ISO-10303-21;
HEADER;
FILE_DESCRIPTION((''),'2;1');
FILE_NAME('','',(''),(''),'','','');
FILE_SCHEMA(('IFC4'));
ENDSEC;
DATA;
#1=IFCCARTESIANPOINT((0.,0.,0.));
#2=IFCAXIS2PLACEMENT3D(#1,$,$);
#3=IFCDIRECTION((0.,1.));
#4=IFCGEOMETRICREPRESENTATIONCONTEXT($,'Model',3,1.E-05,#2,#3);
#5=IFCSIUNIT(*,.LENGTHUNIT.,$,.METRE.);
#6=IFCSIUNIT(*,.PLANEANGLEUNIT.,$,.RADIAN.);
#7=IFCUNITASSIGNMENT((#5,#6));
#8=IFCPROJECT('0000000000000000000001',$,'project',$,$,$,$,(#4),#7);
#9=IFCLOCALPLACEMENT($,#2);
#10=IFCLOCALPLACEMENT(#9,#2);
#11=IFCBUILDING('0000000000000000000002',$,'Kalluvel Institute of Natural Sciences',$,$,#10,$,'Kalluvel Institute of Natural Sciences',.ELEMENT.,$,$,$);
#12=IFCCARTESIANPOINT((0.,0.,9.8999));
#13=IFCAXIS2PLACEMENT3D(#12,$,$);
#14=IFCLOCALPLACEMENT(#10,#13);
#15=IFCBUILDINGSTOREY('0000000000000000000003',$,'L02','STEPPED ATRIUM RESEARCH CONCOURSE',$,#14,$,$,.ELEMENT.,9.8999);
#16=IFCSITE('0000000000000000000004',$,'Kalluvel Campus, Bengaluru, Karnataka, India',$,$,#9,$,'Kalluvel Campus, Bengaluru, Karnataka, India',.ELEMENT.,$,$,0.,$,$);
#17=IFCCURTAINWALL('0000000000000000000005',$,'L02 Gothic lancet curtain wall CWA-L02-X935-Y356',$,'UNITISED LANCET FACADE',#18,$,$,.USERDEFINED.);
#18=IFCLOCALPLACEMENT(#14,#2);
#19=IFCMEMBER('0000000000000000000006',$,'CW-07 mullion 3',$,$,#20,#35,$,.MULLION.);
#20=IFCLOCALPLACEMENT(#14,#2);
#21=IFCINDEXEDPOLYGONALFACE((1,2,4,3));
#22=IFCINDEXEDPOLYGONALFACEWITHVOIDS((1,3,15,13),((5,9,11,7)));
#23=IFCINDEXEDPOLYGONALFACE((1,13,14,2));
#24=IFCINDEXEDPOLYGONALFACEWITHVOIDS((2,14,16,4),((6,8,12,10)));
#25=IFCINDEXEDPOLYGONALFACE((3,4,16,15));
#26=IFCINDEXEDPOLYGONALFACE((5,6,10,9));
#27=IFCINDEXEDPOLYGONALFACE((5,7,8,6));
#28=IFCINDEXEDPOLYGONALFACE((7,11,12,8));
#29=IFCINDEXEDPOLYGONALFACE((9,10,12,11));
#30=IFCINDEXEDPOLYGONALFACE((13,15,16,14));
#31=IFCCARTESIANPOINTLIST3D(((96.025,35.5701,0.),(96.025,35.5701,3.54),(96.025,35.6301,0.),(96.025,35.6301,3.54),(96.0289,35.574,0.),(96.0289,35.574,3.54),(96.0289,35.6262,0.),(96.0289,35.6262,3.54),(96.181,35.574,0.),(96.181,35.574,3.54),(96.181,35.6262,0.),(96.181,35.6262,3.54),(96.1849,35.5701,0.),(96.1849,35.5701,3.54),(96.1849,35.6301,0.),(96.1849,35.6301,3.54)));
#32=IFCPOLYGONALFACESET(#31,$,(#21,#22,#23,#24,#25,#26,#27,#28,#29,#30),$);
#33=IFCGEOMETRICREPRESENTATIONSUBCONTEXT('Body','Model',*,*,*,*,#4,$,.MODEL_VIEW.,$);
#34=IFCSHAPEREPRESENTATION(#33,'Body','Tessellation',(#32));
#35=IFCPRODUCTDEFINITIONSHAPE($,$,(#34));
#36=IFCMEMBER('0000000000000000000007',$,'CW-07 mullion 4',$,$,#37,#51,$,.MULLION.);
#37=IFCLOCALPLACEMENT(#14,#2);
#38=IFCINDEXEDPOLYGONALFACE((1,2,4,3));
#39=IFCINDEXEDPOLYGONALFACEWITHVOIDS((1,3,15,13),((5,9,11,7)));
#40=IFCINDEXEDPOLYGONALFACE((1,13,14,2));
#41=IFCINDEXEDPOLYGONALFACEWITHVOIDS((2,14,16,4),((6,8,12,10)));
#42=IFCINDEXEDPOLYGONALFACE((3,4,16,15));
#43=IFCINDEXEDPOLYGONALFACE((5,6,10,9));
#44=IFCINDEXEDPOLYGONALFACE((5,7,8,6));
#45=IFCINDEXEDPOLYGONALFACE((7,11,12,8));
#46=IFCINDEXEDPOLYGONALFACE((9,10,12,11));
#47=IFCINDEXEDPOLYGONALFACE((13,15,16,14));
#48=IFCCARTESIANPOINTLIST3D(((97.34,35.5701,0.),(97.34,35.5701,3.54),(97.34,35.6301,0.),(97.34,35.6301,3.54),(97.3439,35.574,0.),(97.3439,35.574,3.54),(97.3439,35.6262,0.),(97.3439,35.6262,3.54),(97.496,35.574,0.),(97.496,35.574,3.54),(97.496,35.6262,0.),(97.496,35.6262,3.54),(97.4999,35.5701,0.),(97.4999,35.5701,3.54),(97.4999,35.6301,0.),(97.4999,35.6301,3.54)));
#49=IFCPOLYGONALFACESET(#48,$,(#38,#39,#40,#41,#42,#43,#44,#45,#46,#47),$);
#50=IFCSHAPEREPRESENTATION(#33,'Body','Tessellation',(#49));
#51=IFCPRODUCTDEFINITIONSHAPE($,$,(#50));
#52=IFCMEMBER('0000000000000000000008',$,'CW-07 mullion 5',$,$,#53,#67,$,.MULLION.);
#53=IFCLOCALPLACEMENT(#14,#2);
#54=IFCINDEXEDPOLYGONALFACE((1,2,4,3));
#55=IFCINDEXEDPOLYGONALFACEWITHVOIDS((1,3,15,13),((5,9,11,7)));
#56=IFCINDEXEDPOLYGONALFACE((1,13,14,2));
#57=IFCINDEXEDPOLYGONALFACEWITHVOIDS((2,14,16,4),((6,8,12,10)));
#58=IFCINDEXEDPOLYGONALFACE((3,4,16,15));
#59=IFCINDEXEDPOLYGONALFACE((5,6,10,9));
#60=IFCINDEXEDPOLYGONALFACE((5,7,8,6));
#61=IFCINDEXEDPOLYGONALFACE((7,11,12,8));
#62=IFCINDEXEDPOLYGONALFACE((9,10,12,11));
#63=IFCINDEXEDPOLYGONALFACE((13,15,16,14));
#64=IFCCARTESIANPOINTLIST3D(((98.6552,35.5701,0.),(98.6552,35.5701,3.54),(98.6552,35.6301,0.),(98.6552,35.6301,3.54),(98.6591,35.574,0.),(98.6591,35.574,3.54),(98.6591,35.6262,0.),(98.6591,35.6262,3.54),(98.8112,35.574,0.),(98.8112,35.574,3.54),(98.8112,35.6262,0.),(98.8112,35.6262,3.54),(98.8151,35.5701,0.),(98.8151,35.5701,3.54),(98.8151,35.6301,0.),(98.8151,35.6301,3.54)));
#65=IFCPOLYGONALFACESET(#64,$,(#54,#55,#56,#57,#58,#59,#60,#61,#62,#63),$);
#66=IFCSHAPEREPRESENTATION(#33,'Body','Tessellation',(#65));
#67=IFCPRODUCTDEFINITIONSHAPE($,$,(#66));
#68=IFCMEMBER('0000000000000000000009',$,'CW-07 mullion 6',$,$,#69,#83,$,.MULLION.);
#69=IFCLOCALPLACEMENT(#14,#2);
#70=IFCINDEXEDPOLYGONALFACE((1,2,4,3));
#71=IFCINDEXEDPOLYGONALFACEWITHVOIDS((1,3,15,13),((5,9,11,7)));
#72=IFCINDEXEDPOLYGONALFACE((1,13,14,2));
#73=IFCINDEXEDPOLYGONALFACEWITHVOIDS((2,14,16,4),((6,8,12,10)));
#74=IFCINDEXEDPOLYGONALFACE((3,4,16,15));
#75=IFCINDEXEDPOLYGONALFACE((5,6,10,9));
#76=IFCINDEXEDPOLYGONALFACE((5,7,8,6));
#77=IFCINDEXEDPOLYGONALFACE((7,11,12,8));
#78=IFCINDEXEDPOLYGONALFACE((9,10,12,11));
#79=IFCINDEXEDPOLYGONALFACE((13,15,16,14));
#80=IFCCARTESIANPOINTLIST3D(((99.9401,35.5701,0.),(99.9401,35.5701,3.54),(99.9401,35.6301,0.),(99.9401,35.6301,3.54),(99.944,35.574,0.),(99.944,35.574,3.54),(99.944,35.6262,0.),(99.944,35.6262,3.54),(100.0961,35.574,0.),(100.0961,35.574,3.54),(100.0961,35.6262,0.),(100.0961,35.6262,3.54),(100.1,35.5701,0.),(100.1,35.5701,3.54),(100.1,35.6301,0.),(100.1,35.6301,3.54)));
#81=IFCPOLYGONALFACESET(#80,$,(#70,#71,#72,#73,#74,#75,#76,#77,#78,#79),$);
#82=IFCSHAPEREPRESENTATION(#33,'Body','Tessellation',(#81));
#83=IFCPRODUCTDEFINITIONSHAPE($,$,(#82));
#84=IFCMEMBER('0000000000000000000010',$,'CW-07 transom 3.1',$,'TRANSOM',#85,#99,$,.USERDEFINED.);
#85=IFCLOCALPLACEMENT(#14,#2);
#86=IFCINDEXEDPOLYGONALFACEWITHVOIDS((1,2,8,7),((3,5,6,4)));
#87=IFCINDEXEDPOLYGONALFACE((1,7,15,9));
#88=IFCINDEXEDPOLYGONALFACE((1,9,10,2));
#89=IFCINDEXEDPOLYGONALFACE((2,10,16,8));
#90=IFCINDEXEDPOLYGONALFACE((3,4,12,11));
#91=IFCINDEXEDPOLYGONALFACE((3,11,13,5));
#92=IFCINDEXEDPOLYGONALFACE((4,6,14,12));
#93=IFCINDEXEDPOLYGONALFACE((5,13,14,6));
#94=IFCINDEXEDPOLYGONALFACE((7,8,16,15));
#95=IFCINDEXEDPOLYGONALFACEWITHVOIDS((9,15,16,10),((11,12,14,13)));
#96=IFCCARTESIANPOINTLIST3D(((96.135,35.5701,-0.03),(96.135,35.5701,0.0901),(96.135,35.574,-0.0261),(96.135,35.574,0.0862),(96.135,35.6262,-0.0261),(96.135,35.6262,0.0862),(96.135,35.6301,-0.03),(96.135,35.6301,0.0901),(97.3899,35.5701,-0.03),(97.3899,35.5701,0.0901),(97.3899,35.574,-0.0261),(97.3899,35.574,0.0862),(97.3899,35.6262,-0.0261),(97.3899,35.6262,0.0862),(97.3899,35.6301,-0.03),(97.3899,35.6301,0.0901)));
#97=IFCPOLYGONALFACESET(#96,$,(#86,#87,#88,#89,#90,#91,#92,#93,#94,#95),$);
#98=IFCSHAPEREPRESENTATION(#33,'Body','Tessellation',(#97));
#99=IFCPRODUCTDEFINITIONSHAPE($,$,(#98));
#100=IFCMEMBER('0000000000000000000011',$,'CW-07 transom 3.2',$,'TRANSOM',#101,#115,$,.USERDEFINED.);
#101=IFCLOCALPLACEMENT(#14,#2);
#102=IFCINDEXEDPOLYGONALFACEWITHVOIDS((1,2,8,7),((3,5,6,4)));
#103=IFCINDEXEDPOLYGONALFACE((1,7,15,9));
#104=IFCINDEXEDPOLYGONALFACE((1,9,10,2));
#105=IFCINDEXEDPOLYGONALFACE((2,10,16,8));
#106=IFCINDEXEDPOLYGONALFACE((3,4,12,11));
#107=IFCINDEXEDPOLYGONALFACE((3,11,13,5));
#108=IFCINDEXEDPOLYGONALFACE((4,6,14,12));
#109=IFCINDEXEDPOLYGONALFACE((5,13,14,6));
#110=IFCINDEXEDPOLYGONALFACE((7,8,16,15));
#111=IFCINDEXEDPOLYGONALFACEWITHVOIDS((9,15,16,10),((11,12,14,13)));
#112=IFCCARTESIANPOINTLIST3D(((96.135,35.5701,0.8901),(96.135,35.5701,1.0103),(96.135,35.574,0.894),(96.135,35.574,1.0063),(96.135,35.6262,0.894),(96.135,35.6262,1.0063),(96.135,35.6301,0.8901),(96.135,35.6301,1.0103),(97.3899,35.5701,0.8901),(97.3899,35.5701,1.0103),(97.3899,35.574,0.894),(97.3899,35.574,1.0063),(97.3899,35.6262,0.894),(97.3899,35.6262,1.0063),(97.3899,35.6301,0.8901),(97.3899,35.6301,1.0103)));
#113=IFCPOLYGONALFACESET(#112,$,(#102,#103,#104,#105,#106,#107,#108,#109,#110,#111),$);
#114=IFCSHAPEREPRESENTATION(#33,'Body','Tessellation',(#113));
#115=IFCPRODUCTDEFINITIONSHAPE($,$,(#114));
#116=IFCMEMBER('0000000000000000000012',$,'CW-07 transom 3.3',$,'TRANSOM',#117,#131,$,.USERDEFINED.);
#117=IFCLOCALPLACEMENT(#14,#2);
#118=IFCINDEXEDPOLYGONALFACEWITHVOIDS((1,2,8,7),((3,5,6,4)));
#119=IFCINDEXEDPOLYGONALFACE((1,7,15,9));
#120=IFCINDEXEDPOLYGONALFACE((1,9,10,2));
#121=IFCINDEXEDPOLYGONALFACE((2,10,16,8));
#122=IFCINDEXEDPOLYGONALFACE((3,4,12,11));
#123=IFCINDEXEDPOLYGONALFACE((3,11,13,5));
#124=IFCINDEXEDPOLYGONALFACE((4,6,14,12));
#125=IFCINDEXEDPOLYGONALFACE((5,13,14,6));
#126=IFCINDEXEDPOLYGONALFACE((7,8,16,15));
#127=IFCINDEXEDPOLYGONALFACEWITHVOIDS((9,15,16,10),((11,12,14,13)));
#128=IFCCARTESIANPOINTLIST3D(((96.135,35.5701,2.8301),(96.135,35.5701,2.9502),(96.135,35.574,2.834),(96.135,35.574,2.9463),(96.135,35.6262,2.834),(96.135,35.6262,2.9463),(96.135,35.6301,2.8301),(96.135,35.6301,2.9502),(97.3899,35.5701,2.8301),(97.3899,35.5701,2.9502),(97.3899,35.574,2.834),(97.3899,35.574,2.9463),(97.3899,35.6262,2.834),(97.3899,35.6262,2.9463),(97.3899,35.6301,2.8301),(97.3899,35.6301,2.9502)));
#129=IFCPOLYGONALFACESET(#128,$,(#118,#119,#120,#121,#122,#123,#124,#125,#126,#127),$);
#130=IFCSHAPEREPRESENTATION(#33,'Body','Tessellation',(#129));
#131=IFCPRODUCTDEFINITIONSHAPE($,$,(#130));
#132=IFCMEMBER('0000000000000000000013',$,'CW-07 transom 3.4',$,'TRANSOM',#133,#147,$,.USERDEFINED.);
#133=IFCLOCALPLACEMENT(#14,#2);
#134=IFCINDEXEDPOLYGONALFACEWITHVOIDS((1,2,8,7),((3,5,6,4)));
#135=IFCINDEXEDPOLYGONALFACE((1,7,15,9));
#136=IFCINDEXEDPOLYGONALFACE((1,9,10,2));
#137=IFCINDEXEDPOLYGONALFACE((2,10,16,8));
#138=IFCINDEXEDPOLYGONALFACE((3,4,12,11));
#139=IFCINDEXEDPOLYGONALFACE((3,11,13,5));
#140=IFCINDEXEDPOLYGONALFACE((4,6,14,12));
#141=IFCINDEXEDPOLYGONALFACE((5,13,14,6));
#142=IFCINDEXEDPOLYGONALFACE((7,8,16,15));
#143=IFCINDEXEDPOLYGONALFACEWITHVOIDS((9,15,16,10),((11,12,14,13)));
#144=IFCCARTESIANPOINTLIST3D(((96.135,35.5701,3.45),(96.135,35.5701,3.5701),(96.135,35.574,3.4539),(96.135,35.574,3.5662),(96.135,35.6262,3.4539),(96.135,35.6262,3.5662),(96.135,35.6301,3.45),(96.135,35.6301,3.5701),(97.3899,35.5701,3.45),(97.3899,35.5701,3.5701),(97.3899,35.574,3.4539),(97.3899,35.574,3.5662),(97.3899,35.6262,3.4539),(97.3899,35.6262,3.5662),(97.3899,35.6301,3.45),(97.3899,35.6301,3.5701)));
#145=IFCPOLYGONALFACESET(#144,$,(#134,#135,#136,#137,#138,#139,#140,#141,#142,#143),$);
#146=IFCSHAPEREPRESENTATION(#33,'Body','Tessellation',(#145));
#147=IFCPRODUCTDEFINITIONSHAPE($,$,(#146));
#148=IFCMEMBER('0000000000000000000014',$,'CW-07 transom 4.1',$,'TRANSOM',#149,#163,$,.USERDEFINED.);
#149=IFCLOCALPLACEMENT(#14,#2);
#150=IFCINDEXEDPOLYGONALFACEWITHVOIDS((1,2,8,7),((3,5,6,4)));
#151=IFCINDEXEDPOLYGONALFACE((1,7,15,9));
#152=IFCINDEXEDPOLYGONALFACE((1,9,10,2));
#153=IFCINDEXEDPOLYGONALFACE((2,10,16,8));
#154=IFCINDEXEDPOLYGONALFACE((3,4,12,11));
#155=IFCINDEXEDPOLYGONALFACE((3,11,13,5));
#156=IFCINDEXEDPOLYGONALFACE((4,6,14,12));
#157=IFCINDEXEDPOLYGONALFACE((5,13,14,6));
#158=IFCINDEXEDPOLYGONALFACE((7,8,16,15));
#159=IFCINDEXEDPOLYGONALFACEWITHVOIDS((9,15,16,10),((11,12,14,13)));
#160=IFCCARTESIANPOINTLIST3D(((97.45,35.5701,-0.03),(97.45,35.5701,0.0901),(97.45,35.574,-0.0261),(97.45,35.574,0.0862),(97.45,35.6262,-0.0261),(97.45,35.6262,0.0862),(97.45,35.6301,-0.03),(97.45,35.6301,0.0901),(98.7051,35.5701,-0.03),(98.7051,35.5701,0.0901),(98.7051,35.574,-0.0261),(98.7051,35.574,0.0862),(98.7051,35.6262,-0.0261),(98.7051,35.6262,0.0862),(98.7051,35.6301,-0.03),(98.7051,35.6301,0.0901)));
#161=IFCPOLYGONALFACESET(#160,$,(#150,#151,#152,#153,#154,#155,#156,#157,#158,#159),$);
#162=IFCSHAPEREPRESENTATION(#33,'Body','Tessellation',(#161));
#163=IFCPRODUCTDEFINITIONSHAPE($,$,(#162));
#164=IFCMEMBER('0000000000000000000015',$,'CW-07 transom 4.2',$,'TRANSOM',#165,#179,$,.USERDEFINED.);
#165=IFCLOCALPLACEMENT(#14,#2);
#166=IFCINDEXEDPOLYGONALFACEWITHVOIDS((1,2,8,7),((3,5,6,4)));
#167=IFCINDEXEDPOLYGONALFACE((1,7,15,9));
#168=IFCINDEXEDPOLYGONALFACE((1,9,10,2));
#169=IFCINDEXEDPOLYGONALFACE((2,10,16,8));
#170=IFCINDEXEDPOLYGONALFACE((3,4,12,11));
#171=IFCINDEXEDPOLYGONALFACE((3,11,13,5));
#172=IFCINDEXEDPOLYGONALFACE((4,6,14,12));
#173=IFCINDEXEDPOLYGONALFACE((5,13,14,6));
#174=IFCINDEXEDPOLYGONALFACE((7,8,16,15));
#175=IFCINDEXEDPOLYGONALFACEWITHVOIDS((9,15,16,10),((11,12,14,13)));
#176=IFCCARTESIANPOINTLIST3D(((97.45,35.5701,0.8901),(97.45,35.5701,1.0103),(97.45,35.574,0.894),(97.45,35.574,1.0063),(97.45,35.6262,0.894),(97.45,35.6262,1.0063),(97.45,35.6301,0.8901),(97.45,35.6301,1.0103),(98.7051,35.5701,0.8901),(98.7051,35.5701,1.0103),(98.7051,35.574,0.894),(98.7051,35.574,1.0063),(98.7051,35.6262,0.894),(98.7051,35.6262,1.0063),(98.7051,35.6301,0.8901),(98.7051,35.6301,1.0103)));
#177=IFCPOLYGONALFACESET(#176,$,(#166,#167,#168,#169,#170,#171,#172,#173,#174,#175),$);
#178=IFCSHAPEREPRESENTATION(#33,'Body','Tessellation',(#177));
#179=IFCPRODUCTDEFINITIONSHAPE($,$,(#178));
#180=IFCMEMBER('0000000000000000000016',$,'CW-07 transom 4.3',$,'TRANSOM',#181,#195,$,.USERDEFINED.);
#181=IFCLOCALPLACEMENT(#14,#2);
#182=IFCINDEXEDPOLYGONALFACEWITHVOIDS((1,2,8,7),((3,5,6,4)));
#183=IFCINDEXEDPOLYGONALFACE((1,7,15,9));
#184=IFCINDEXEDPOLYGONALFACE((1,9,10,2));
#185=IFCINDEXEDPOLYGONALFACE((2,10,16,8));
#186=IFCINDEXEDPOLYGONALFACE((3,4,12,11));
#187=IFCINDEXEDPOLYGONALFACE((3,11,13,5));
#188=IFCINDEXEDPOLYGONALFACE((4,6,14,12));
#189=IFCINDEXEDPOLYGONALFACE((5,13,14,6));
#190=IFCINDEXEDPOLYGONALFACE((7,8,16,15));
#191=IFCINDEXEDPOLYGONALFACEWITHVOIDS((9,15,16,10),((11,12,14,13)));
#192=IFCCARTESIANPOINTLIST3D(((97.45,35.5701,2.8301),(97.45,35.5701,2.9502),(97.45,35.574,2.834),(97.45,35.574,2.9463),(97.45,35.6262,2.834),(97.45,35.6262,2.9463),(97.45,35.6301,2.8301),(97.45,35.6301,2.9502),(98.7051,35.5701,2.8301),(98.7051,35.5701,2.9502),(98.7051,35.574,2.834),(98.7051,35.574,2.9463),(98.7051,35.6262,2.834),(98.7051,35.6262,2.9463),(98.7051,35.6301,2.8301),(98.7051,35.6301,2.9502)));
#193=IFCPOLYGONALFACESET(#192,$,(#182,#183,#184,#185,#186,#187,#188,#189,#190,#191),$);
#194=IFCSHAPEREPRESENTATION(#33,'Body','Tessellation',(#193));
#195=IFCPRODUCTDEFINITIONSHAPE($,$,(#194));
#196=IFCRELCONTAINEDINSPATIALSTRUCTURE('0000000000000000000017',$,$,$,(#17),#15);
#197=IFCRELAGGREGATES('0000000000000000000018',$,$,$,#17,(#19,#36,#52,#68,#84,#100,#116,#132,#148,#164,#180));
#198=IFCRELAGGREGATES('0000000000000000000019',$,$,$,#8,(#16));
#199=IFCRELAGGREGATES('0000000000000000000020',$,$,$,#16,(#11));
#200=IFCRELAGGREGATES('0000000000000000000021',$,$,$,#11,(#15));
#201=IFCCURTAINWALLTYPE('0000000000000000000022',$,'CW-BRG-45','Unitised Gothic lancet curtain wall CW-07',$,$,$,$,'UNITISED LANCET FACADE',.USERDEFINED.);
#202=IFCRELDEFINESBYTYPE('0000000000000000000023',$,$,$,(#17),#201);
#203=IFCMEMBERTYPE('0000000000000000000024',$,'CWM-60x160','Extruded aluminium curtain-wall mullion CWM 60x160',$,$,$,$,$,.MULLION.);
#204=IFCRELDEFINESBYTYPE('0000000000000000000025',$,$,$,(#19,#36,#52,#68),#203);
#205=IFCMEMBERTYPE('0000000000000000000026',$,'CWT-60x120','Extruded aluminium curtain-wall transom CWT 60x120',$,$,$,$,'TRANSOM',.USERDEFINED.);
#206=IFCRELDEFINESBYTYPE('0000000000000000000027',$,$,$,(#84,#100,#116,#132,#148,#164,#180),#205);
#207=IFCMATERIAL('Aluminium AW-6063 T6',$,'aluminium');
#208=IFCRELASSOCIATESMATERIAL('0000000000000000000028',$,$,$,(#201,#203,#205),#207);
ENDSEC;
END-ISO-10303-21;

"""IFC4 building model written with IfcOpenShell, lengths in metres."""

from ifc_helpers import new_model, si_unit, direction, frame, origin, origin_2d, place, context, subcontext, project, spatial, hollow_rectangle, extrude, material, material_profile, profile_set, type_object, element, aggregate, save


model = new_model("IFC4")

# Units and contexts
model_context = context("Model", 3, precision=1e-05, world=origin(), true_north=direction((0.0, 1.0)))
body_context = subcontext(model_context, "Body", "Model", "MODEL_VIEW")
ifc_project = project(units=[si_unit("LENGTHUNIT", "METRE"), si_unit("PLANEANGLEUNIT", "RADIAN")], contexts=[model_context])

# Site, building, storey
site_placement = place(None, origin())
site = spatial("IfcSite", under=ifc_project, at=site_placement, Name="Kalluvel Campus, Bengaluru, Karnataka, India", LongName="Kalluvel Campus, Bengaluru, Karnataka, India", CompositionType="ELEMENT", RefElevation=0.0)
building_placement = place(site_placement, origin())
building = spatial("IfcBuilding", under=site, at=building_placement, Name="Kalluvel Institute of Natural Sciences", LongName="Kalluvel Institute of Natural Sciences", CompositionType="ELEMENT")
storey_placement = place(building_placement, frame((0.0, 0.0, 9.8999)))
storey = spatial("IfcBuildingStorey", under=building, at=storey_placement, Name="L02", Description="STEPPED ATRIUM RESEARCH CONCOURSE", CompositionType="ELEMENT", Elevation=9.8999)

# Curtain wall, members
ifc_material_1 = material(Name="Aluminium AW-6063 T6", Category="aluminium")
curtain_wall_type = type_object("IfcCurtainWallType", Name="CW-BRG-45", Description="Unitised Gothic lancet curtain wall CW-07", ElementType="UNITISED LANCET FACADE", PredefinedType="USERDEFINED", material=ifc_material_1)
curtain_wall_placement = place(storey_placement, origin())
curtain_wall = element("IfcCurtainWall", 1, at=curtain_wall_placement, inside=storey, type_object=curtain_wall_type, Name="L02 Gothic lancet curtain wall CWA-L02-X935-Y356", ObjectType="UNITISED LANCET FACADE", PredefinedType="USERDEFINED")
ifc_material_profile_1 = material_profile(ifc_material_1, hollow_rectangle(XDim=0.0601, YDim=0.1599, WallThickness=0.0039, at=origin_2d()), Name="CWM 60x160")
ifc_profile_set_1 = profile_set([ifc_material_profile_1], Name="Aluminium AW-6063 T6")
member_type_1 = type_object("IfcMemberType", Name="CWM-60x160", Description="Extruded aluminium curtain-wall mullion CWM 60x160", PredefinedType="MULLION", material=ifc_profile_set_1)
member_1_placement = place(storey_placement, frame((96.105, 35.6001, 0.0), z_axis=(0.0, 0.0, 1.0), x_axis=(0.0, 1.0, 0.0)))
member_1 = element("IfcMember", 2, at=member_1_placement, type_object=member_type_1, Name="CW-07 mullion 3", PredefinedType="MULLION", context=body_context, shape_type="SweptSolid", body=[
    extrude(hollow_rectangle(XDim=0.0601, YDim=0.1599, WallThickness=0.0039, at=origin_2d()), origin(), (0.0, 0.0, 1.0), 3.54),
])
member_2_placement = place(storey_placement, frame((97.4199, 35.6001, 0.0), z_axis=(0.0, 0.0, 1.0), x_axis=(0.0, 1.0, 0.0)))
member_2 = element("IfcMember", 3, at=member_2_placement, type_object=member_type_1, Name="CW-07 mullion 4", PredefinedType="MULLION", context=body_context, shape_type="SweptSolid", body=[
    extrude(hollow_rectangle(XDim=0.0601, YDim=0.1599, WallThickness=0.0039, at=origin_2d()), origin(), (0.0, 0.0, 1.0), 3.54),
])
member_3_placement = place(storey_placement, frame((98.7351, 35.6001, 0.0), z_axis=(0.0, 0.0, 1.0), x_axis=(0.0, 1.0, 0.0)))
member_3 = element("IfcMember", 4, at=member_3_placement, type_object=member_type_1, Name="CW-07 mullion 5", PredefinedType="MULLION", context=body_context, shape_type="SweptSolid", body=[
    extrude(hollow_rectangle(XDim=0.0601, YDim=0.1599, WallThickness=0.0039, at=origin_2d()), origin(), (0.0, 0.0, 1.0), 3.54),
])
member_4_placement = place(storey_placement, frame((100.02, 35.6001, 0.0), z_axis=(0.0, 0.0, 1.0), x_axis=(0.0, 1.0, 0.0)))
member_4 = element("IfcMember", 5, at=member_4_placement, type_object=member_type_1, Name="CW-07 mullion 6", PredefinedType="MULLION", context=body_context, shape_type="SweptSolid", body=[
    extrude(hollow_rectangle(XDim=0.0601, YDim=0.1599, WallThickness=0.0039, at=origin_2d()), origin(), (0.0, 0.0, 1.0), 3.54),
])
ifc_material_profile_2 = material_profile(ifc_material_1, hollow_rectangle(XDim=0.0601, YDim=0.1201, WallThickness=0.0039, at=origin_2d()), Name="CWT 60x120")
ifc_profile_set_2 = profile_set([ifc_material_profile_2], Name="Aluminium AW-6063 T6")
member_type_2 = type_object("IfcMemberType", Name="CWT-60x120", Description="Extruded aluminium curtain-wall transom CWT 60x120", ElementType="TRANSOM", PredefinedType="USERDEFINED", material=ifc_profile_set_2)
member_5_placement = place(storey_placement, frame((96.135, 35.6001, 0.03), z_axis=(1.0, 0.0, 0.0), x_axis=(0.0, 1.0, 0.0)))
member_5 = element("IfcMember", 6, at=member_5_placement, type_object=member_type_2, Name="CW-07 transom 3.1", ObjectType="TRANSOM", PredefinedType="USERDEFINED", context=body_context, shape_type="SweptSolid", body=[
    extrude(hollow_rectangle(XDim=0.0601, YDim=0.1201, WallThickness=0.0039, at=origin_2d()), origin(), (0.0, 0.0, 1.0), 1.2549),
])
member_6_placement = place(storey_placement, frame((96.135, 35.6001, 0.9502), z_axis=(1.0, 0.0, 0.0), x_axis=(0.0, 1.0, 0.0)))
member_6 = element("IfcMember", 7, at=member_6_placement, type_object=member_type_2, Name="CW-07 transom 3.2", ObjectType="TRANSOM", PredefinedType="USERDEFINED", context=body_context, shape_type="SweptSolid", body=[
    extrude(hollow_rectangle(XDim=0.0601, YDim=0.1201, WallThickness=0.0039, at=origin_2d()), origin(), (0.0, 0.0, 1.0), 1.2549),
])
member_7_placement = place(storey_placement, frame((96.135, 35.6001, 2.8901), z_axis=(1.0, 0.0, 0.0), x_axis=(0.0, 1.0, 0.0)))
member_7 = element("IfcMember", 8, at=member_7_placement, type_object=member_type_2, Name="CW-07 transom 3.3", ObjectType="TRANSOM", PredefinedType="USERDEFINED", context=body_context, shape_type="SweptSolid", body=[
    extrude(hollow_rectangle(XDim=0.0601, YDim=0.1201, WallThickness=0.0039, at=origin_2d()), origin(), (0.0, 0.0, 1.0), 1.2549),
])
member_8_placement = place(storey_placement, frame((96.135, 35.6001, 3.51), z_axis=(1.0, 0.0, 0.0), x_axis=(0.0, 1.0, 0.0)))
member_8 = element("IfcMember", 9, at=member_8_placement, type_object=member_type_2, Name="CW-07 transom 3.4", ObjectType="TRANSOM", PredefinedType="USERDEFINED", context=body_context, shape_type="SweptSolid", body=[
    extrude(hollow_rectangle(XDim=0.0601, YDim=0.1201, WallThickness=0.0039, at=origin_2d()), origin(), (0.0, 0.0, 1.0), 1.2549),
])
member_9_placement = place(storey_placement, frame((97.45, 35.6001, 0.03), z_axis=(1.0, 0.0, 0.0), x_axis=(0.0, 1.0, 0.0)))
member_9 = element("IfcMember", 10, at=member_9_placement, type_object=member_type_2, Name="CW-07 transom 4.1", ObjectType="TRANSOM", PredefinedType="USERDEFINED", context=body_context, shape_type="SweptSolid", body=[
    extrude(hollow_rectangle(XDim=0.0601, YDim=0.1201, WallThickness=0.0039, at=origin_2d()), origin(), (0.0, 0.0, 1.0), 1.2551),
])
member_10_placement = place(storey_placement, frame((97.45, 35.6001, 0.9502), z_axis=(1.0, 0.0, 0.0), x_axis=(0.0, 1.0, 0.0)))
member_10 = element("IfcMember", 11, at=member_10_placement, type_object=member_type_2, Name="CW-07 transom 4.2", ObjectType="TRANSOM", PredefinedType="USERDEFINED", context=body_context, shape_type="SweptSolid", body=[
    extrude(hollow_rectangle(XDim=0.0601, YDim=0.1201, WallThickness=0.0039, at=origin_2d()), origin(), (0.0, 0.0, 1.0), 1.2551),
])
member_11_placement = place(storey_placement, frame((97.45, 35.6001, 2.8901), z_axis=(1.0, 0.0, 0.0), x_axis=(0.0, 1.0, 0.0)))
member_11 = element("IfcMember", 12, at=member_11_placement, type_object=member_type_2, Name="CW-07 transom 4.3", ObjectType="TRANSOM", PredefinedType="USERDEFINED", context=body_context, shape_type="SweptSolid", body=[
    extrude(hollow_rectangle(XDim=0.0601, YDim=0.1201, WallThickness=0.0039, at=origin_2d()), origin(), (0.0, 0.0, 1.0), 1.2551),
])
aggregate(curtain_wall, [member_1, member_2, member_3, member_4, member_5, member_6, member_7, member_8, member_9, member_10, member_11])

save(model, "model.ifc")
